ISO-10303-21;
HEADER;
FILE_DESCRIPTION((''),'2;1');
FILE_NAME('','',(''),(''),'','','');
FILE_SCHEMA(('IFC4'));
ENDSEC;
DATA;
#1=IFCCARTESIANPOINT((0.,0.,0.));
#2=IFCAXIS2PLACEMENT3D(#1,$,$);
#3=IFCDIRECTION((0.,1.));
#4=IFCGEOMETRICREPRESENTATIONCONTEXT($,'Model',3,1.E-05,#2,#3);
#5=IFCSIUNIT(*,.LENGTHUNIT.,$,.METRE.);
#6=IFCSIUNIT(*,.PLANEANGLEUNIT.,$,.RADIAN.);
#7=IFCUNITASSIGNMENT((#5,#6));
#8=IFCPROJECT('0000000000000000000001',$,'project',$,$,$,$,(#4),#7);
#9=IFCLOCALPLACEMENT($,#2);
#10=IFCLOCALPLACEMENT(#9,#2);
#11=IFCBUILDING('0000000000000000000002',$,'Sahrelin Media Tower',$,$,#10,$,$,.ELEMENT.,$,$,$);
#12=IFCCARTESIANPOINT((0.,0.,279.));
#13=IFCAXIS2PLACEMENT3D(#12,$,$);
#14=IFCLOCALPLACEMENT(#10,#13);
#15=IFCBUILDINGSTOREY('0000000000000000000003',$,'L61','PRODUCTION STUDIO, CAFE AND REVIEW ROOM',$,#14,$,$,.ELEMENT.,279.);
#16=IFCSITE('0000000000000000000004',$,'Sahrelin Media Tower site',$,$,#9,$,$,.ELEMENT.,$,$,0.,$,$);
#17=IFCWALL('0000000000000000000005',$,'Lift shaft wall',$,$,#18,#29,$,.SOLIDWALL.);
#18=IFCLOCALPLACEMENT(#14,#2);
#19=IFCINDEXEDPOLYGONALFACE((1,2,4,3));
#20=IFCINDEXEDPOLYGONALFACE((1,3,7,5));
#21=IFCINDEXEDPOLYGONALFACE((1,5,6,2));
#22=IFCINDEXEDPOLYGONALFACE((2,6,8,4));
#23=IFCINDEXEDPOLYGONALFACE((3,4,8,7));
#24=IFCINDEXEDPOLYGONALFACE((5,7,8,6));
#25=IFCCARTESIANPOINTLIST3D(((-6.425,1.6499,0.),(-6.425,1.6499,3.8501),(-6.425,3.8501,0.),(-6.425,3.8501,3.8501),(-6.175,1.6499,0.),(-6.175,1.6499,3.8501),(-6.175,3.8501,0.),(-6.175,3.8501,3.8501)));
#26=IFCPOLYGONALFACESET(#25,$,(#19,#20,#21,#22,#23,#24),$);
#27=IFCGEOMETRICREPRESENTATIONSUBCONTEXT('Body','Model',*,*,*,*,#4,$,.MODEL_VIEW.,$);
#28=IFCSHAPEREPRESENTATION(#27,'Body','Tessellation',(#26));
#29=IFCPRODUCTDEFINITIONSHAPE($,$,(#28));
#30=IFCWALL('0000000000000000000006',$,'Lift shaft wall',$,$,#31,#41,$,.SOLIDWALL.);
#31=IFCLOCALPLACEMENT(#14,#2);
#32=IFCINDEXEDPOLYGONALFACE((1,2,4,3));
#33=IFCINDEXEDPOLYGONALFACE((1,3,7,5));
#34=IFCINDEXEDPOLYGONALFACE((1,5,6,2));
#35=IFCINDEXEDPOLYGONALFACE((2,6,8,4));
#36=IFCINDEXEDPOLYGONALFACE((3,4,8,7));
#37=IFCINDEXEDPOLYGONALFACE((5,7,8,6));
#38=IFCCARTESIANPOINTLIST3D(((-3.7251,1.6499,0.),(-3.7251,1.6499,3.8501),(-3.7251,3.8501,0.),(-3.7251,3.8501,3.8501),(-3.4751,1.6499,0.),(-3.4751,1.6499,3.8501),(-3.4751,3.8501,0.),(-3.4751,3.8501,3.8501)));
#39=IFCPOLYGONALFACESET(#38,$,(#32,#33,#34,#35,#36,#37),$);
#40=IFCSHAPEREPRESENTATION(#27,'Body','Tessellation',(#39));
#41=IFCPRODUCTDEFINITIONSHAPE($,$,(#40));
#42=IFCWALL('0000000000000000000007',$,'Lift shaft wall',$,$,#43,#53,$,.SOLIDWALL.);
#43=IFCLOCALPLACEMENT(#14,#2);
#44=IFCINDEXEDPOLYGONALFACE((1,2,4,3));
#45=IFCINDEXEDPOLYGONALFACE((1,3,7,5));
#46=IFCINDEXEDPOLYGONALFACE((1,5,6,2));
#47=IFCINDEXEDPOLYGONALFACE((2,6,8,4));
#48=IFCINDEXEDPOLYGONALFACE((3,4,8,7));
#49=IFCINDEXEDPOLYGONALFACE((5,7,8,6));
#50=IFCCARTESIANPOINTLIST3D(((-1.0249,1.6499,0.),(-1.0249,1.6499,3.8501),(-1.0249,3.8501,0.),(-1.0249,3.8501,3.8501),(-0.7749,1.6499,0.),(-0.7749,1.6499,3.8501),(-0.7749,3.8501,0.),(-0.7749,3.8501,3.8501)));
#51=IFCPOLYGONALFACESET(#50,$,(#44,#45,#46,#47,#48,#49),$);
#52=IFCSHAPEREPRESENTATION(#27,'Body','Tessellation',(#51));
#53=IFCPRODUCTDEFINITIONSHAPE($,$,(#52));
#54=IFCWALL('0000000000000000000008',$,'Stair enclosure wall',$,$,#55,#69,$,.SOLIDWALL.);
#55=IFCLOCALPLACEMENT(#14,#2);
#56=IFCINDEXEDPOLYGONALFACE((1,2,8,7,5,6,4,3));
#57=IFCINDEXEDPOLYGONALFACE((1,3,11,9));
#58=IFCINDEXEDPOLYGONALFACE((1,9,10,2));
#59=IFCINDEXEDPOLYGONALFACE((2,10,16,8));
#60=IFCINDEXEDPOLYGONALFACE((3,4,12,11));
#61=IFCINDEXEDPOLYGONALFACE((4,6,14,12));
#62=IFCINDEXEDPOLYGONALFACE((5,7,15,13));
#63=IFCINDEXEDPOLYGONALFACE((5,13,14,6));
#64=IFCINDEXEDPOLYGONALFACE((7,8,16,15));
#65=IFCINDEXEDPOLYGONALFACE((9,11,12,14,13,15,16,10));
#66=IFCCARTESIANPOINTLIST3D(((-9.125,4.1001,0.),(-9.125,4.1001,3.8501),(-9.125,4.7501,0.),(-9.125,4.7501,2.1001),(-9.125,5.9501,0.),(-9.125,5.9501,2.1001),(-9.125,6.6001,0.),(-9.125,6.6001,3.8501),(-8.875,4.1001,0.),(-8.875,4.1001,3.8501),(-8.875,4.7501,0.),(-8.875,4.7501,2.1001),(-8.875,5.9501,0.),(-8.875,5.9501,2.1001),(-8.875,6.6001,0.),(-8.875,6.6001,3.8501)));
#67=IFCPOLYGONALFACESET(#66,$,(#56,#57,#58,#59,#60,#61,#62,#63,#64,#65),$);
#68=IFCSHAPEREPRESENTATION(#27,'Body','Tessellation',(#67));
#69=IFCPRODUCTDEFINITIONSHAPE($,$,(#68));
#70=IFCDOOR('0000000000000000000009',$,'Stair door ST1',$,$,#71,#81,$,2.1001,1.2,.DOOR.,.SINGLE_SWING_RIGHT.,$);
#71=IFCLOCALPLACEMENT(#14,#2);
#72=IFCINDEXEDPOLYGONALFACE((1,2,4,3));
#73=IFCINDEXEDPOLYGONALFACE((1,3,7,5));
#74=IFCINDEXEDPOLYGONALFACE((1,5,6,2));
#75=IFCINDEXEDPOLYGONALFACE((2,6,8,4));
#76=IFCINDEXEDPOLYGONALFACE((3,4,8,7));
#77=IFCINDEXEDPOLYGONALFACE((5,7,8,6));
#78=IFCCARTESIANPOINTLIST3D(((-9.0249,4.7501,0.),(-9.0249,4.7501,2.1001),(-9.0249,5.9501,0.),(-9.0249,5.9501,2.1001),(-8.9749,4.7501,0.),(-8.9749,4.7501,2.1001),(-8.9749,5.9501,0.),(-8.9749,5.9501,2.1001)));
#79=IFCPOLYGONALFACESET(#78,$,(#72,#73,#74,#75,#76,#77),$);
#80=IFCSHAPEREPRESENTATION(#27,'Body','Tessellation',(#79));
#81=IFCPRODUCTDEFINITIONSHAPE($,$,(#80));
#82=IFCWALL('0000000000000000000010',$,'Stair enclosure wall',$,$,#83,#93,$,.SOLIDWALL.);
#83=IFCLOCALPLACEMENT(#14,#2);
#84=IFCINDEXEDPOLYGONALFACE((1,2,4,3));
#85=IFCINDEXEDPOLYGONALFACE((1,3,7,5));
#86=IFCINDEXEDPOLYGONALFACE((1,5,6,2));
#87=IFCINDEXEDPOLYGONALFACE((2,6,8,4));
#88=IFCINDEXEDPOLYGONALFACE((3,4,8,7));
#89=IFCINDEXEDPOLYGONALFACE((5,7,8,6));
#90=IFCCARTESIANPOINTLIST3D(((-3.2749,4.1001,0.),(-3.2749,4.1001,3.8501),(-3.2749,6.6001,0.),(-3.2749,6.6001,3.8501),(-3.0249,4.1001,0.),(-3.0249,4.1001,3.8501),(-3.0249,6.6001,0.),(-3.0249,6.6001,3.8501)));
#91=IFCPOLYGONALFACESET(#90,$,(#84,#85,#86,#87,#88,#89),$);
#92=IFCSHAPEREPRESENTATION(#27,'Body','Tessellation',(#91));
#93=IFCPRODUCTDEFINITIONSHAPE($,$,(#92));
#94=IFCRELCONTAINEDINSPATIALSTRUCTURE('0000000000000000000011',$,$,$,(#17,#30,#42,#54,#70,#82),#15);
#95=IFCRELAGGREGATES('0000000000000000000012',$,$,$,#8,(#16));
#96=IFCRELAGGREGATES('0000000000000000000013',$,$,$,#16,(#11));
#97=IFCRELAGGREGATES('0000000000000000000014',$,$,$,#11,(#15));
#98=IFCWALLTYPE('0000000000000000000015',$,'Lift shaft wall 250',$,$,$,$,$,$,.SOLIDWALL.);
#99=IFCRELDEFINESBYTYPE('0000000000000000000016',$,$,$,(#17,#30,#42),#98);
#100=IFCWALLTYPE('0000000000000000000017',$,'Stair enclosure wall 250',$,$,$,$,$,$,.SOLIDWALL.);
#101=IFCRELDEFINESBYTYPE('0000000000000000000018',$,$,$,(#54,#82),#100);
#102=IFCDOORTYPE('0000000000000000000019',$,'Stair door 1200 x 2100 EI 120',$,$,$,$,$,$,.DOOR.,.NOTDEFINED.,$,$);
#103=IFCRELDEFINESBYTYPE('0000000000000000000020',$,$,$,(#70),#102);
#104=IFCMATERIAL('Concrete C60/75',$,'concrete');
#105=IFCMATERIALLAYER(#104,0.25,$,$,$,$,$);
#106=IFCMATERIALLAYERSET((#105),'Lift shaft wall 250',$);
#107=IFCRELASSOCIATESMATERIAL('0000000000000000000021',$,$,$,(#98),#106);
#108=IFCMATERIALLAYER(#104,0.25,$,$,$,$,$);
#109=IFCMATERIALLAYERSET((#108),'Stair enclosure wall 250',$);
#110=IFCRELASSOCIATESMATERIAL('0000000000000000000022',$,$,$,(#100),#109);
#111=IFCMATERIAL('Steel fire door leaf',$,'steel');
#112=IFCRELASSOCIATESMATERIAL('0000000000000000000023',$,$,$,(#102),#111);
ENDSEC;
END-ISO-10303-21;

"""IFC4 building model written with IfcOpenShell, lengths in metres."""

from ifc_helpers import new_model, si_unit, direction, frame, frame_2d, origin, place, context, subcontext, project, spatial, rectangle, extrude, material, layer, layer_set, type_object, element, fill, save


model = new_model("IFC4")

# Units and contexts
model_context = context("Model", 3, precision=1e-05, world=origin(), true_north=direction((0.0, 1.0)))
body_context = subcontext(model_context, "Body", "Model", "MODEL_VIEW")
ifc_project = project(units=[si_unit("LENGTHUNIT", "METRE"), si_unit("PLANEANGLEUNIT", "RADIAN")], contexts=[model_context])

# Site, building, storey
site_placement = place(None, origin())
site = spatial("IfcSite", under=ifc_project, at=site_placement, Name="Sahrelin Media Tower site", CompositionType="ELEMENT", RefElevation=0.0)
building_placement = place(site_placement, origin())
building = spatial("IfcBuilding", under=site, at=building_placement, Name="Sahrelin Media Tower", CompositionType="ELEMENT")
storey_placement = place(building_placement, frame((0.0, 0.0, 279.0)))
storey = spatial("IfcBuildingStorey", under=building, at=storey_placement, Name="L61", Description="PRODUCTION STUDIO, CAFE AND REVIEW ROOM", CompositionType="ELEMENT", Elevation=279.0)

# Shared definitions
ifc_material_1 = material(Name="Steel fire door leaf", Category="steel")

# Shared definitions
ifc_material_2 = material(Name="Concrete C60/75", Category="concrete")
ifc_layer_1 = layer(ifc_material_2, 0.25)
ifc_layer_set_1 = layer_set([ifc_layer_1], Name="Lift shaft wall 250")
wall_type_1 = type_object("IfcWallType", Name="Lift shaft wall 250", PredefinedType="SOLIDWALL", material=ifc_layer_set_1)

# Walls
for number, where, z_axis, x_axis, name in (
    (1, (-6.3, 1.6499, 0.0), (0.0, 0.0, 1.0), (0.0, 1.0, 0.0), "Lift shaft wall"),
    (2, (-3.6001, 1.6499, 0.0), (0.0, 0.0, 1.0), (0.0, 1.0, 0.0), "Lift shaft wall"),
    (3, (-0.8999, 1.6499, 0.0), (0.0, 0.0, 1.0), (0.0, 1.0, 0.0), "Lift shaft wall"),
):
    element("IfcWall", number, at=place(storey_placement, frame(where, z_axis=z_axis, x_axis=x_axis)), inside=storey, type_object=wall_type_1, Name=name, PredefinedType="SOLIDWALL", context=body_context, shape_type="SweptSolid", body=[
        extrude(rectangle(XDim=2.2002, YDim=0.25, at=frame_2d((1.1001, 0.0))), origin(), (0.0, 0.0, 1.0), 3.8501),
    ])

# Wall, opening, door
ifc_layer_2 = layer(ifc_material_2, 0.25)
ifc_layer_set_2 = layer_set([ifc_layer_2], Name="Stair enclosure wall 250")
wall_type_2 = type_object("IfcWallType", Name="Stair enclosure wall 250", PredefinedType="SOLIDWALL", material=ifc_layer_set_2)
wall_1_placement = place(storey_placement, frame((-9.0, 4.1001, 0.0), z_axis=(0.0, 0.0, 1.0), x_axis=(0.0, 1.0, 0.0)))
wall_1 = element("IfcWall", 4, at=wall_1_placement, inside=storey, type_object=wall_type_2, Name="Stair enclosure wall", PredefinedType="SOLIDWALL", context=body_context, shape_type="SweptSolid", body=[
    extrude(rectangle(XDim=2.5, YDim=0.25, at=frame_2d((1.25, 0.0))), origin(), (0.0, 0.0, 1.0), 3.8501),
])
opening_1_placement = place(wall_1_placement, frame((0.6499, 0.0, 0.0)))
opening_1 = element("IfcOpeningElement", 5, at=opening_1_placement, cuts=wall_1, PredefinedType="OPENING", context=body_context, shape_type="SweptSolid", body=[
    extrude(rectangle(XDim=1.2, YDim=2.1001, at=frame_2d((0.6001, 1.05))), frame((0.0, 0.125, 0.0), z_axis=(0.0, -1.0, 0.0), x_axis=(1.0, 0.0, 0.0)), (0.0, 0.0, 1.0), 0.25),
])
door_type_1 = type_object("IfcDoorType", Name="Stair door 1200 x 2100 EI 120", OperationType="NOTDEFINED", PredefinedType="DOOR", material=ifc_material_1)
door_1_placement = place(opening_1_placement, origin())
door_1 = element("IfcDoor", 6, at=door_1_placement, inside=storey, type_object=door_type_1, Name="Stair door ST1", OperationType="SINGLE_SWING_RIGHT", OverallHeight=2.1001, OverallWidth=1.2, PredefinedType="DOOR", context=body_context, shape_type="SweptSolid", body=[
    extrude(rectangle(XDim=1.2, YDim=2.1001, at=frame_2d((0.6001, 1.05))), frame((0.0, 0.0249, 0.0), z_axis=(0.0, -1.0, 0.0), x_axis=(1.0, 0.0, 0.0)), (0.0, 0.0, 1.0), 0.05),
])
fill(opening_1, door_1)

# Wall
wall_2_placement = place(storey_placement, frame((-3.1499, 4.1001, 0.0), z_axis=(0.0, 0.0, 1.0), x_axis=(0.0, 1.0, 0.0)))
element("IfcWall", 7, at=wall_2_placement, inside=storey, type_object=wall_type_2, Name="Stair enclosure wall", PredefinedType="SOLIDWALL", context=body_context, shape_type="SweptSolid", body=[
    extrude(rectangle(XDim=2.5, YDim=0.25, at=frame_2d((1.25, 0.0))), origin(), (0.0, 0.0, 1.0), 3.8501),
])

save(model, "model.ifc")
